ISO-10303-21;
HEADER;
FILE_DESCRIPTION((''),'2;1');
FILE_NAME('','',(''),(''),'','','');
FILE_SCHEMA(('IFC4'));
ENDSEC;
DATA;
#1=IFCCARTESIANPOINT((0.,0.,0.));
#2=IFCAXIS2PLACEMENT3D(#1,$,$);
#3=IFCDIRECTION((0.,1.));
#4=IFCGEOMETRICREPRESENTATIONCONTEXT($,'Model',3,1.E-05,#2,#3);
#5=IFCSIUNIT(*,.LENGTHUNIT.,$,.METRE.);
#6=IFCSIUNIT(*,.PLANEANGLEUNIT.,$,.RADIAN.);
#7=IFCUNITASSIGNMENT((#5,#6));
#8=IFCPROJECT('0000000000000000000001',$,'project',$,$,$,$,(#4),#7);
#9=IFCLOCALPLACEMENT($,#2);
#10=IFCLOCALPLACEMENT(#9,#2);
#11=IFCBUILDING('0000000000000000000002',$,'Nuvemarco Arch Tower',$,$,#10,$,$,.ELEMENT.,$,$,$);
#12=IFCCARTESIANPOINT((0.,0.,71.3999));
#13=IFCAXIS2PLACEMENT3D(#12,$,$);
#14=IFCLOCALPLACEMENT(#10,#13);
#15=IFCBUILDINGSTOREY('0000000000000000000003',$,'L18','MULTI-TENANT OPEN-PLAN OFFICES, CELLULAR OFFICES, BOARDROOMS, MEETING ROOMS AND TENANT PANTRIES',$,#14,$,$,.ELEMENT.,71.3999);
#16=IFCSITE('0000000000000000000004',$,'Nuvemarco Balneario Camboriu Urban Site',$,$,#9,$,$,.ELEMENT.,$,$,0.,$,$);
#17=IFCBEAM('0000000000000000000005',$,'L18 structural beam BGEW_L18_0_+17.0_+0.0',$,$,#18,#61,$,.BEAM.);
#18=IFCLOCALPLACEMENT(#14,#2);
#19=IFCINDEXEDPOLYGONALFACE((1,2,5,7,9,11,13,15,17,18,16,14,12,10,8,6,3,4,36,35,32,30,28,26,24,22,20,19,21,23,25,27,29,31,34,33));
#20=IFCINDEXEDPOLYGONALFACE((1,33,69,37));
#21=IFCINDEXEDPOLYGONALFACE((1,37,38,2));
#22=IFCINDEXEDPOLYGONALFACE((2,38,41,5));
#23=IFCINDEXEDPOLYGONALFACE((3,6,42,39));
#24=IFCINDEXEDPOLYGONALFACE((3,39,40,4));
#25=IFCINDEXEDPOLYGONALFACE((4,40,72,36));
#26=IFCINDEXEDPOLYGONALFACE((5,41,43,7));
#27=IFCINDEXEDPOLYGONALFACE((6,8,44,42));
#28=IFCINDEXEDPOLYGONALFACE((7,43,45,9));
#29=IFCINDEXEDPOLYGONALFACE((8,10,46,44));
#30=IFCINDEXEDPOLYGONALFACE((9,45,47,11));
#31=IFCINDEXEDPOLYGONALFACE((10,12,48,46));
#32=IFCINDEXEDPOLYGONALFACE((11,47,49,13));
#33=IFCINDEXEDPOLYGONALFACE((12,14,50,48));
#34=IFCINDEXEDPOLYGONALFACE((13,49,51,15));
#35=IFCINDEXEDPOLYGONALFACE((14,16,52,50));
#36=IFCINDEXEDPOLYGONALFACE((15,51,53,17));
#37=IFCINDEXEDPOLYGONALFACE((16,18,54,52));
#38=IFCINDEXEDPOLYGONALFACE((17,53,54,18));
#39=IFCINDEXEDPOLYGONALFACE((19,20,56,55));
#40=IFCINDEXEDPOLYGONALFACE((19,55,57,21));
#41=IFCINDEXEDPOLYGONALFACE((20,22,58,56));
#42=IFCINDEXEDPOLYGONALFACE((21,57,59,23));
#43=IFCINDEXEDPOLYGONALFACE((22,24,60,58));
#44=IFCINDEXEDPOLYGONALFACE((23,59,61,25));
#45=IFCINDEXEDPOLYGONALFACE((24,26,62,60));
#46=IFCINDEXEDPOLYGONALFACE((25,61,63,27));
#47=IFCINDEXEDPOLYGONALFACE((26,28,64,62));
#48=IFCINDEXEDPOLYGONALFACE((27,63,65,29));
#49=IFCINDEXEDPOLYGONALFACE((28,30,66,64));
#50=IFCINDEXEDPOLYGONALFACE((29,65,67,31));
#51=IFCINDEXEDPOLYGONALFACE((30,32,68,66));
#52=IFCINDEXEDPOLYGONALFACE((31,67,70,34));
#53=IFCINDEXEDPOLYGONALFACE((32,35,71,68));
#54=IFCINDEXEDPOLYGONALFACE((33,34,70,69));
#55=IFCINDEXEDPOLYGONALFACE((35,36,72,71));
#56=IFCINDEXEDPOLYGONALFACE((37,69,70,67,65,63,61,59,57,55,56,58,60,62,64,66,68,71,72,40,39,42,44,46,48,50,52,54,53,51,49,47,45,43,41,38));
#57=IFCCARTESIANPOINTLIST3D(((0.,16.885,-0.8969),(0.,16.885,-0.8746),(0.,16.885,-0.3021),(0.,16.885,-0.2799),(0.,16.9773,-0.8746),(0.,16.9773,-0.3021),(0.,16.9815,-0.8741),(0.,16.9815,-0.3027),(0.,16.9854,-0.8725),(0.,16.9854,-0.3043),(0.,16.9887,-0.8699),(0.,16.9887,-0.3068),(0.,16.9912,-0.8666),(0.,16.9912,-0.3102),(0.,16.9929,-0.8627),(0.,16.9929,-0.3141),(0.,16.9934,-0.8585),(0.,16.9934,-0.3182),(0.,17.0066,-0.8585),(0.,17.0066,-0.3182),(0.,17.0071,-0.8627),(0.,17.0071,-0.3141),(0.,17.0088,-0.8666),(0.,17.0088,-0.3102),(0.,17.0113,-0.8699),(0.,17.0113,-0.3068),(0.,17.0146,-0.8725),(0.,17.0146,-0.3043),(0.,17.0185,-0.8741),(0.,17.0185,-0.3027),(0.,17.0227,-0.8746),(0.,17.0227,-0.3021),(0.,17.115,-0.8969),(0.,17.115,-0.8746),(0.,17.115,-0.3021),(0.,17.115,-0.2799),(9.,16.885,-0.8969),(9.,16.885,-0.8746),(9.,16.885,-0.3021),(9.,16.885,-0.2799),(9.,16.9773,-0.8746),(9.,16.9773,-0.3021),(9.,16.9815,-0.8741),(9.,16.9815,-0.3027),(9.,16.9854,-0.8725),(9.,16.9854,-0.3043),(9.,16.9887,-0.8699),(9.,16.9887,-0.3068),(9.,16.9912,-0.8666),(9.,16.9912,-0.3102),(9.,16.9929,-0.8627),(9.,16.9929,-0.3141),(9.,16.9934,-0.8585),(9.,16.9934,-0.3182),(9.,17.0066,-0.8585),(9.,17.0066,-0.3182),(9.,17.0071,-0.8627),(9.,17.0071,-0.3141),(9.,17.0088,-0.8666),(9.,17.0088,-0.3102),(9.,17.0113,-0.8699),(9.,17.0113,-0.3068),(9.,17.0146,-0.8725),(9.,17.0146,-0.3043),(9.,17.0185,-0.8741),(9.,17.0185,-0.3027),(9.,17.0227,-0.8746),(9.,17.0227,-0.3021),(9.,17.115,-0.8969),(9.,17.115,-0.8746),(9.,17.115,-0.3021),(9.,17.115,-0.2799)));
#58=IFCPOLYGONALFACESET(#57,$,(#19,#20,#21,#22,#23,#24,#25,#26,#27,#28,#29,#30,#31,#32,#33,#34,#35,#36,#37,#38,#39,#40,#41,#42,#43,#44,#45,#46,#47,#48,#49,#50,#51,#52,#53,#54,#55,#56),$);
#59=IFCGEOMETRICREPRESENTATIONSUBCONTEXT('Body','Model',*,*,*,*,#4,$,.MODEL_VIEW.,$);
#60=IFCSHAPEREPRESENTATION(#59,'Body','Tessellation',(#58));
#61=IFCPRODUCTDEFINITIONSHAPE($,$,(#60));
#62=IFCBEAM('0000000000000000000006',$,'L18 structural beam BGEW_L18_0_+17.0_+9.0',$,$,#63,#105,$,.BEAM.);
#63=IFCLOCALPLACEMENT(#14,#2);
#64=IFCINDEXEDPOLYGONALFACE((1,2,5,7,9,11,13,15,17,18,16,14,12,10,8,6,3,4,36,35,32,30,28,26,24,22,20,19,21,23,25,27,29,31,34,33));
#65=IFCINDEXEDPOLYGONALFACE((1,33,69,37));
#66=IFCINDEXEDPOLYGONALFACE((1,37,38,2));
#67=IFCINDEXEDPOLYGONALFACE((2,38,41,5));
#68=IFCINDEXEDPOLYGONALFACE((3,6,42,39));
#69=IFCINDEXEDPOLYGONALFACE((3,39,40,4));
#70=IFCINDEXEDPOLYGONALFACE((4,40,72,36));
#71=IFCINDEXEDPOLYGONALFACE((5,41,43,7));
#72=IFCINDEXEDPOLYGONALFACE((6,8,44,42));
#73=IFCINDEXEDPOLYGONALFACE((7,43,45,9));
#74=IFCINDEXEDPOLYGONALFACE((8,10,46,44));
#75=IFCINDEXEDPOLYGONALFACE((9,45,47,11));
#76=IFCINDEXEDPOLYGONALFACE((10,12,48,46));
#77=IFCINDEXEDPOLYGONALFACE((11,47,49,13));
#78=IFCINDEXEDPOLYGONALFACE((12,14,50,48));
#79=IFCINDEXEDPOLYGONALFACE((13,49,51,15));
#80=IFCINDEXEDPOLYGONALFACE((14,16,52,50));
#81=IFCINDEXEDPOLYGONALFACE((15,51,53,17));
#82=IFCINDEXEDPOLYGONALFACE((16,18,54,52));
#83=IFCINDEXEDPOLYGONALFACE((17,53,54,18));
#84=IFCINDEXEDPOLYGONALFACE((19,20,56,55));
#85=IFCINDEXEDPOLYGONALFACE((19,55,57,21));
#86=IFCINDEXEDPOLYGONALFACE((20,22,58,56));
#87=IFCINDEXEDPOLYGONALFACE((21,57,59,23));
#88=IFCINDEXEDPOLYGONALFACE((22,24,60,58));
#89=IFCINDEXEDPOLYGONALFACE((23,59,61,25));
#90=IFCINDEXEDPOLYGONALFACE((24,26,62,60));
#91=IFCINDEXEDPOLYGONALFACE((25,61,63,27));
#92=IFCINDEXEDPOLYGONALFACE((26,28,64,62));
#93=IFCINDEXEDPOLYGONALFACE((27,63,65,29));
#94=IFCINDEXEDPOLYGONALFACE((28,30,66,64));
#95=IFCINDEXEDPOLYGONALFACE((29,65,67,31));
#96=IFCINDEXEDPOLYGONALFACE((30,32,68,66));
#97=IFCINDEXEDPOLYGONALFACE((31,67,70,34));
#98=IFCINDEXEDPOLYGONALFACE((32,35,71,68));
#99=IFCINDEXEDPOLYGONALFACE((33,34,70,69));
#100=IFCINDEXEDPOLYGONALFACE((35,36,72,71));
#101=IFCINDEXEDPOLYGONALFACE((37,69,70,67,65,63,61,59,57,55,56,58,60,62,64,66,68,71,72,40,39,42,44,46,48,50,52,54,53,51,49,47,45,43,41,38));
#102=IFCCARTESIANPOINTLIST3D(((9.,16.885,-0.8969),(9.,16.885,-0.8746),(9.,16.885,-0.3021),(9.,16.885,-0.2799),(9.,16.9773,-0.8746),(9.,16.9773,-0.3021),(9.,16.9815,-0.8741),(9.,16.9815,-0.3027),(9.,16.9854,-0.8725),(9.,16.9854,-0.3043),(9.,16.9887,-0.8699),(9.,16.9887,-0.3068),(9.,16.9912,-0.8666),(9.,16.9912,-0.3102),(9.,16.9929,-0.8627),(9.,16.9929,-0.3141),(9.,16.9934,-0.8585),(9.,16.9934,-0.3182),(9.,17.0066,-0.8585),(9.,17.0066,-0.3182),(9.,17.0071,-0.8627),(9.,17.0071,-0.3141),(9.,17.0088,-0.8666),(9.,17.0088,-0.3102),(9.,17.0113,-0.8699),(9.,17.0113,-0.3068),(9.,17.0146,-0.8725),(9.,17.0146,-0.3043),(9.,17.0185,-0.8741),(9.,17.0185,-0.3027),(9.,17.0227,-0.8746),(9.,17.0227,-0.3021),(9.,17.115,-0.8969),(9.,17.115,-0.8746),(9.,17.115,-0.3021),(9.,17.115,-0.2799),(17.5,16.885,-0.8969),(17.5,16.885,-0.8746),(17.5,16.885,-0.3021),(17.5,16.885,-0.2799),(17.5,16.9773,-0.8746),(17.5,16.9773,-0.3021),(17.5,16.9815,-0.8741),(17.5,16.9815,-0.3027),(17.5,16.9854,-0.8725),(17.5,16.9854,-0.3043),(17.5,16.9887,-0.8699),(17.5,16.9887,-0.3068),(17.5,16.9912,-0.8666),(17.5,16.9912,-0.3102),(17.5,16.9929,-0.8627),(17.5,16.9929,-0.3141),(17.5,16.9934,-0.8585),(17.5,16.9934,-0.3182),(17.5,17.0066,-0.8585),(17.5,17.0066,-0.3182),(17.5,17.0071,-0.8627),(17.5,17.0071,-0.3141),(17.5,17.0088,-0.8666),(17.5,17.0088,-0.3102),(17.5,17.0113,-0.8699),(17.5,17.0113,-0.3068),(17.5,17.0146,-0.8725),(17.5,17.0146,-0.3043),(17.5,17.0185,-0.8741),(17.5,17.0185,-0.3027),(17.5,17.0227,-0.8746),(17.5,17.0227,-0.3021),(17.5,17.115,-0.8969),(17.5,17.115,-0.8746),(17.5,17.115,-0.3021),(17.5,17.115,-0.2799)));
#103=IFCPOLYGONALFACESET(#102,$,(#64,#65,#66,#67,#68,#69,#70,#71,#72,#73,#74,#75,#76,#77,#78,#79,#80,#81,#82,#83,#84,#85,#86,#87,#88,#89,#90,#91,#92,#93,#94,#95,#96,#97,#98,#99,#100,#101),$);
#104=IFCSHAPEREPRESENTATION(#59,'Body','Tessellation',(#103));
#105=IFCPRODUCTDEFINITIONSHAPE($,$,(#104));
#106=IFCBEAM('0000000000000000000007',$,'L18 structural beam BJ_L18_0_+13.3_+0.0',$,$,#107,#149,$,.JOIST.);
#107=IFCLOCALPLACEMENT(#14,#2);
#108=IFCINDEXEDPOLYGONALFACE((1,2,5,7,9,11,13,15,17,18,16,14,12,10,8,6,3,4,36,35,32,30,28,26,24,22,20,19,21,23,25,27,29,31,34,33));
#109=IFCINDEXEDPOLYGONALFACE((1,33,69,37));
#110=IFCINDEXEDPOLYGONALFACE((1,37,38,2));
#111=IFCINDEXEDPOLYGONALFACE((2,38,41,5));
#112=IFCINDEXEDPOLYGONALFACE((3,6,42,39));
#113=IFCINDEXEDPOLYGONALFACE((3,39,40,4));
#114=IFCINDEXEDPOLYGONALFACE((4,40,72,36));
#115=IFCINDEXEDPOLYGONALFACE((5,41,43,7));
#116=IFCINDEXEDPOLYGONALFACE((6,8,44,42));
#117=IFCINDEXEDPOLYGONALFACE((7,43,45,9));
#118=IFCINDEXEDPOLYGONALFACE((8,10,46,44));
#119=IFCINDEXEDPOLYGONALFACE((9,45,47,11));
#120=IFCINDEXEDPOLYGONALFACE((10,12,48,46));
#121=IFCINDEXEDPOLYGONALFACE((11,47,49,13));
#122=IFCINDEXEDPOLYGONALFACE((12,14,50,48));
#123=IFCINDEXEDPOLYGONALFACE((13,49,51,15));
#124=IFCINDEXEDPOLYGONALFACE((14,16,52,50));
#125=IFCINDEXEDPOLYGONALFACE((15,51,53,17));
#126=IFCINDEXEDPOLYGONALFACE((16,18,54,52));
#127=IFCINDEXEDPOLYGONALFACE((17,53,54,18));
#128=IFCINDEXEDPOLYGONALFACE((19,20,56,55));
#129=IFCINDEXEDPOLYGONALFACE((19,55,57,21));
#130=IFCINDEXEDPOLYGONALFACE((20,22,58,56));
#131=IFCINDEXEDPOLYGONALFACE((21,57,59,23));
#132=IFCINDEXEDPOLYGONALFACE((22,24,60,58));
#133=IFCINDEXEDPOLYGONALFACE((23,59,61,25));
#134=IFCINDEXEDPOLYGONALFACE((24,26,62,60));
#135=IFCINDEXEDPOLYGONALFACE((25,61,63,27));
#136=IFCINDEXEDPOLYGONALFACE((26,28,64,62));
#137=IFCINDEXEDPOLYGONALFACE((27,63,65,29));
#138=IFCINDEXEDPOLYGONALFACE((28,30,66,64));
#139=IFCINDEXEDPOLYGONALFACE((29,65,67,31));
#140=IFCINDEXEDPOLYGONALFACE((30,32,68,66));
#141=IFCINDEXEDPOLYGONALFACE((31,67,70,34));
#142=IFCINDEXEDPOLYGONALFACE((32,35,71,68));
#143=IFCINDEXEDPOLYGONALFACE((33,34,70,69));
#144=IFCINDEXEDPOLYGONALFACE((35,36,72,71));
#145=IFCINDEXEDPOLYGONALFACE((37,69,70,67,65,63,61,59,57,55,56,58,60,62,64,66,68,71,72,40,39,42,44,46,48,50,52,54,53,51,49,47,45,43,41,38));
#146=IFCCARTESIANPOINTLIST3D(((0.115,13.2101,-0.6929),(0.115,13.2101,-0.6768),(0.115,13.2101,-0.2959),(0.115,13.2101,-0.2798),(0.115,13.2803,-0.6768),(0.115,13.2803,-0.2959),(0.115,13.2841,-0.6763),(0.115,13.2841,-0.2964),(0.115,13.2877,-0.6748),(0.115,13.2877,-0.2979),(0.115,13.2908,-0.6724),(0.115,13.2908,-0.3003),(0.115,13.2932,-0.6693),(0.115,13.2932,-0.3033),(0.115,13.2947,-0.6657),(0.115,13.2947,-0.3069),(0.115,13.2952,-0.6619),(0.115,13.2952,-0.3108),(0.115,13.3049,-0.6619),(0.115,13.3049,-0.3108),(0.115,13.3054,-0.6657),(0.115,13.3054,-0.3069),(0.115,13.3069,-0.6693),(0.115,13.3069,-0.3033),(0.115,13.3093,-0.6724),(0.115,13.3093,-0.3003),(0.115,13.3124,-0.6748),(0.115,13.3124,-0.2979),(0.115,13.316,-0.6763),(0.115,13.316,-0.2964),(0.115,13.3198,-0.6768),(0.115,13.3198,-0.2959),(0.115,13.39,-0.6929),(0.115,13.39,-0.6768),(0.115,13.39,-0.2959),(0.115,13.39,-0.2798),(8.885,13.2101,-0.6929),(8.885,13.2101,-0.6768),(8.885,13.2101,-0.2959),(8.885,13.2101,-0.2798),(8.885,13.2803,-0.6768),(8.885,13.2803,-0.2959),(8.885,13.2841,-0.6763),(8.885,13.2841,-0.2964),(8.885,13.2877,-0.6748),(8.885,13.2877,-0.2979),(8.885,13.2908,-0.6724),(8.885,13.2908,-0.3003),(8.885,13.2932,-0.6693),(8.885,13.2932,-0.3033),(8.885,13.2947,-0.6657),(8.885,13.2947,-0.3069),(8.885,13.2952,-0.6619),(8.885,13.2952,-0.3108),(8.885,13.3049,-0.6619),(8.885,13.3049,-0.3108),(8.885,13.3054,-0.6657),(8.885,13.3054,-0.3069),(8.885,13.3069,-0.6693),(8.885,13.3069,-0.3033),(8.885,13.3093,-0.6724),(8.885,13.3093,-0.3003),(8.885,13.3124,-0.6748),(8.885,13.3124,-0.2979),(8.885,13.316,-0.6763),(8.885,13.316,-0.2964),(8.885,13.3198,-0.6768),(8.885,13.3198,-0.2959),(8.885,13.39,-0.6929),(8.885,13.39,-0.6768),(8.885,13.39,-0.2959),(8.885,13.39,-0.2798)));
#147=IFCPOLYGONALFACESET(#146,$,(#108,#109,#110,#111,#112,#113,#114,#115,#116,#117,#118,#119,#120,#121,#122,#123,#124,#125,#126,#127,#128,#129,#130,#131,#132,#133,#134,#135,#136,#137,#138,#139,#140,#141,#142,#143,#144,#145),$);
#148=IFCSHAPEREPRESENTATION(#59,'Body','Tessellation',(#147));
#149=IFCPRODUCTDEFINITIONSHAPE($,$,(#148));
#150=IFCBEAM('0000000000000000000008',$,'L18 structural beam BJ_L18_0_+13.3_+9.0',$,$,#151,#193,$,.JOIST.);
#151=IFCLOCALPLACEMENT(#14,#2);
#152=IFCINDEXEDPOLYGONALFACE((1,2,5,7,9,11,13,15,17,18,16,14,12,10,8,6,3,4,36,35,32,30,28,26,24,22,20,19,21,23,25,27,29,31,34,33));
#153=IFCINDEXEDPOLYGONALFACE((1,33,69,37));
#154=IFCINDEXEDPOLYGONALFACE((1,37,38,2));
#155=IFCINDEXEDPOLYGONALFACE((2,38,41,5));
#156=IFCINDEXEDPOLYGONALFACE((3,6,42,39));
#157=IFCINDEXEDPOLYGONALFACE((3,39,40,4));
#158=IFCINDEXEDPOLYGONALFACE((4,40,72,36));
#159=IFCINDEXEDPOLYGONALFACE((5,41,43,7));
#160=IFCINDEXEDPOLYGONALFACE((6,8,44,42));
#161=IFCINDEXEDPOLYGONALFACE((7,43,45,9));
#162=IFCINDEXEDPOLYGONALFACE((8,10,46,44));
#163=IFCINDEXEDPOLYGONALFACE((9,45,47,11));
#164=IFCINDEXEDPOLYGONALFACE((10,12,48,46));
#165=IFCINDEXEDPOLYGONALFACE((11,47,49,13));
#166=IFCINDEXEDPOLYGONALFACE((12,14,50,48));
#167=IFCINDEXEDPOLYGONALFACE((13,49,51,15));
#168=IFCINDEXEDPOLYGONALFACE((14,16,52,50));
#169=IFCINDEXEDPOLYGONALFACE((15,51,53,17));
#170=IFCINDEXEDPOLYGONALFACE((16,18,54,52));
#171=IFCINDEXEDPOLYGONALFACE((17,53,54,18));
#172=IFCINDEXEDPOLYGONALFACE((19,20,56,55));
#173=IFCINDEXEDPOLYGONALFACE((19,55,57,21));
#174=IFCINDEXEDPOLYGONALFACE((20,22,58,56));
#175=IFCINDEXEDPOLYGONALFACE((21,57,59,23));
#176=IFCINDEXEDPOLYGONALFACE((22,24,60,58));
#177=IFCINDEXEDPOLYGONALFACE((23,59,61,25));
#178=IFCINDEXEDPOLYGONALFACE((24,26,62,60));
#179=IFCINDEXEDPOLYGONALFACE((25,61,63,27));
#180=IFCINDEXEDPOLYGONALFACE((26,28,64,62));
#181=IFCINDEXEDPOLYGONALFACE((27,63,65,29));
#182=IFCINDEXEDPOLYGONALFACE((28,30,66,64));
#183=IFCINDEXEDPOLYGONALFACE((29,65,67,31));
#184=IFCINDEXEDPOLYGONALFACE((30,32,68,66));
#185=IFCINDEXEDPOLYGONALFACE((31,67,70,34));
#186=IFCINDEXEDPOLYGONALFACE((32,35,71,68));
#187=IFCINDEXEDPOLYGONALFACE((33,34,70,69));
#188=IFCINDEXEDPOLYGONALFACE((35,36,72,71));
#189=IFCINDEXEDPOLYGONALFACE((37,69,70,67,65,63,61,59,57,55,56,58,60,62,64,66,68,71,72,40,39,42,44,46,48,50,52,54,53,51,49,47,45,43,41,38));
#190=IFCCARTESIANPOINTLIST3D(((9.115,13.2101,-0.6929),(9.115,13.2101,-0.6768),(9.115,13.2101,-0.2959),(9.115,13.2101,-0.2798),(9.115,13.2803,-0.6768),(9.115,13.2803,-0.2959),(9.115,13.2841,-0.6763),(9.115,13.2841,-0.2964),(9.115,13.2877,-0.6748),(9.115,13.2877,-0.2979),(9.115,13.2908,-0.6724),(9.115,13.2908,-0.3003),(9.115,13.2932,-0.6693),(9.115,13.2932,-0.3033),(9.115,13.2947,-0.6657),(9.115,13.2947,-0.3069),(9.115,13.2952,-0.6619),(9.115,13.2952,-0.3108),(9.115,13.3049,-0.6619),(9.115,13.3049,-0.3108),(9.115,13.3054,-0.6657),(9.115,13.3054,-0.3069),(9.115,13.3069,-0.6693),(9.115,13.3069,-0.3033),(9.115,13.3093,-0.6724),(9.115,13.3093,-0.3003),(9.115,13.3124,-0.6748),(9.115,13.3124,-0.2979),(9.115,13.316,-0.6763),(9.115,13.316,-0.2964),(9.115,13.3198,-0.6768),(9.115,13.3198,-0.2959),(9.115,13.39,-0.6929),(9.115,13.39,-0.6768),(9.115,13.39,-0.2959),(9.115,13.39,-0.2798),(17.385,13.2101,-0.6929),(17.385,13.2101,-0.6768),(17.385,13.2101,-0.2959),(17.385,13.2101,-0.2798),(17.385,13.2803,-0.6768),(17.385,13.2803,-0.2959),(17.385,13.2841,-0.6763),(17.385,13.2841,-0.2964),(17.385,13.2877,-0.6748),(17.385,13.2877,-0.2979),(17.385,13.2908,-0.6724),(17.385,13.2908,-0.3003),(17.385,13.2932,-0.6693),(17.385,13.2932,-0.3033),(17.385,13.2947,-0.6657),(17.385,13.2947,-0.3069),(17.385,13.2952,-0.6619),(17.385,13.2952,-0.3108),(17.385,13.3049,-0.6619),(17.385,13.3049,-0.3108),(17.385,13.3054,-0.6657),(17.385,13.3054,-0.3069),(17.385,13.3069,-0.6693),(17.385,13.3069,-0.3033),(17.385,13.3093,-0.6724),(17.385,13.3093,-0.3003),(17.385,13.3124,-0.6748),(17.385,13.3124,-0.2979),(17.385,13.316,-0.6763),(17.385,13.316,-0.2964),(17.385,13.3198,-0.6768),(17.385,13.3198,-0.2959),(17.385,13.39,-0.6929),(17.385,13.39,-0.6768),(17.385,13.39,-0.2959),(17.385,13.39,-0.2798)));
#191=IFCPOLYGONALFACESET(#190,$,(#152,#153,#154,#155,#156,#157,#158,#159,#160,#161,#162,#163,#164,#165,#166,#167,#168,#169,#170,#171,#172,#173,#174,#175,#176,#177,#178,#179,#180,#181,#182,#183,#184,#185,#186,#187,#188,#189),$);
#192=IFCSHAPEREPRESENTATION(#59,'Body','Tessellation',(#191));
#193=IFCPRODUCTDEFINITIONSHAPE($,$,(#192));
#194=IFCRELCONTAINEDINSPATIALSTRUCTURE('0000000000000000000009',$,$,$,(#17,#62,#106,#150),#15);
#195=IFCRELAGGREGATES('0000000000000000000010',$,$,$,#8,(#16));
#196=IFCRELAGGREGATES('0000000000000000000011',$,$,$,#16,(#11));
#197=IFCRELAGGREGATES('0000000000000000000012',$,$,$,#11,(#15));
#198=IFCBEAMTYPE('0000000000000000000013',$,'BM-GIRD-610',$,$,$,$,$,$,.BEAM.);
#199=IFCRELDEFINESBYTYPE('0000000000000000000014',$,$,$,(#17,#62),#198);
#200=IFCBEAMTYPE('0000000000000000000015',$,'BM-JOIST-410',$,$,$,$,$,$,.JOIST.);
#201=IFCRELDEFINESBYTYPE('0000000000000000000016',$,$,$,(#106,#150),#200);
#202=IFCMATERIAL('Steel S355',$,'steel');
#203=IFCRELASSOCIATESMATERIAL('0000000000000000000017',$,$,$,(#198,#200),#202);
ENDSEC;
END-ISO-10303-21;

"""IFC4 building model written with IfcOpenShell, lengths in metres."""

from ifc_helpers import new_model, si_unit, direction, frame, origin, origin_2d, place, context, subcontext, project, spatial, i_section, extrude, material, material_profile, profile_set, type_object, element, save


model = new_model("IFC4")

# Units and contexts
model_context = context("Model", 3, precision=1e-05, world=origin(), true_north=direction((0.0, 1.0)))
body_context = subcontext(model_context, "Body", "Model", "MODEL_VIEW")
ifc_project = project(units=[si_unit("LENGTHUNIT", "METRE"), si_unit("PLANEANGLEUNIT", "RADIAN")], contexts=[model_context])

# Site, building, storey
site_placement = place(None, origin())
site = spatial("IfcSite", under=ifc_project, at=site_placement, Name="Nuvemarco Balneario Camboriu Urban Site", CompositionType="ELEMENT", RefElevation=0.0)
building_placement = place(site_placement, origin())
building = spatial("IfcBuilding", under=site, at=building_placement, Name="Nuvemarco Arch Tower", CompositionType="ELEMENT")
storey_placement = place(building_placement, frame((0.0, 0.0, 71.3999)))
storey = spatial("IfcBuildingStorey", under=building, at=storey_placement, Name="L18", Description="MULTI-TENANT OPEN-PLAN OFFICES, CELLULAR OFFICES, BOARDROOMS, MEETING ROOMS AND TENANT PANTRIES", CompositionType="ELEMENT", Elevation=71.3999)

# Shared definitions
ifc_material_1 = material(Name="Steel S355", Category="steel")

# Beams
ifc_material_profile_1 = material_profile(ifc_material_1, i_section(OverallWidth=0.23, OverallDepth=0.6169, WebThickness=0.0132, FlangeThickness=0.0222, FilletRadius=0.0161, at=origin_2d()), Name="W610x140")
ifc_profile_set_1 = profile_set([ifc_material_profile_1], Name="Steel S355")
beam_type_1 = type_object("IfcBeamType", Name="BM-GIRD-610", PredefinedType="BEAM", material=ifc_profile_set_1)
beam_1_placement = place(storey_placement, frame((0.0, 17.0, -0.5884), z_axis=(1.0, 0.0, 0.0), x_axis=(0.0, 1.0, 0.0)))
element("IfcBeam", 1, at=beam_1_placement, inside=storey, type_object=beam_type_1, Name="L18 structural beam BGEW_L18_0_+17.0_+0.0", PredefinedType="BEAM", context=body_context, shape_type="SweptSolid", body=[
    extrude(i_section(OverallWidth=0.23, OverallDepth=0.6169, WebThickness=0.0132, FlangeThickness=0.0222, FilletRadius=0.0161, at=origin_2d()), origin(), (0.0, 0.0, 1.0), 9.0),
])
beam_2_placement = place(storey_placement, frame((9.0, 17.0, -0.5884), z_axis=(1.0, 0.0, 0.0), x_axis=(0.0, 1.0, 0.0)))
element("IfcBeam", 2, at=beam_2_placement, inside=storey, type_object=beam_type_1, Name="L18 structural beam BGEW_L18_0_+17.0_+9.0", PredefinedType="BEAM", context=body_context, shape_type="SweptSolid", body=[
    extrude(i_section(OverallWidth=0.23, OverallDepth=0.6169, WebThickness=0.0132, FlangeThickness=0.0222, FilletRadius=0.0161, at=origin_2d()), origin(), (0.0, 0.0, 1.0), 8.5),
])
ifc_material_profile_2 = material_profile(ifc_material_1, i_section(OverallWidth=0.1799, OverallDepth=0.4131, WebThickness=0.0098, FlangeThickness=0.0161, FilletRadius=0.0149, at=origin_2d()), Name="W410x75")
ifc_profile_set_2 = profile_set([ifc_material_profile_2], Name="Steel S355")
beam_type_2 = type_object("IfcBeamType", Name="BM-JOIST-410", PredefinedType="JOIST", material=ifc_profile_set_2)
beam_3_placement = place(storey_placement, frame((0.115, 13.3, -0.4863), z_axis=(1.0, 0.0, 0.0), x_axis=(0.0, 1.0, 0.0)))
element("IfcBeam", 3, at=beam_3_placement, inside=storey, type_object=beam_type_2, Name="L18 structural beam BJ_L18_0_+13.3_+0.0", PredefinedType="JOIST", context=body_context, shape_type="SweptSolid", body=[
    extrude(i_section(OverallWidth=0.1799, OverallDepth=0.4131, WebThickness=0.0098, FlangeThickness=0.0161, FilletRadius=0.0149, at=origin_2d()), origin(), (0.0, 0.0, 1.0), 8.77),
])
beam_4_placement = place(storey_placement, frame((9.115, 13.3, -0.4863), z_axis=(1.0, 0.0, 0.0), x_axis=(0.0, 1.0, 0.0)))
element("IfcBeam", 4, at=beam_4_placement, inside=storey, type_object=beam_type_2, Name="L18 structural beam BJ_L18_0_+13.3_+9.0", PredefinedType="JOIST", context=body_context, shape_type="SweptSolid", body=[
    extrude(i_section(OverallWidth=0.1799, OverallDepth=0.4131, WebThickness=0.0098, FlangeThickness=0.0161, FilletRadius=0.0149, at=origin_2d()), origin(), (0.0, 0.0, 1.0), 8.27),
])

save(model, "model.ifc")
